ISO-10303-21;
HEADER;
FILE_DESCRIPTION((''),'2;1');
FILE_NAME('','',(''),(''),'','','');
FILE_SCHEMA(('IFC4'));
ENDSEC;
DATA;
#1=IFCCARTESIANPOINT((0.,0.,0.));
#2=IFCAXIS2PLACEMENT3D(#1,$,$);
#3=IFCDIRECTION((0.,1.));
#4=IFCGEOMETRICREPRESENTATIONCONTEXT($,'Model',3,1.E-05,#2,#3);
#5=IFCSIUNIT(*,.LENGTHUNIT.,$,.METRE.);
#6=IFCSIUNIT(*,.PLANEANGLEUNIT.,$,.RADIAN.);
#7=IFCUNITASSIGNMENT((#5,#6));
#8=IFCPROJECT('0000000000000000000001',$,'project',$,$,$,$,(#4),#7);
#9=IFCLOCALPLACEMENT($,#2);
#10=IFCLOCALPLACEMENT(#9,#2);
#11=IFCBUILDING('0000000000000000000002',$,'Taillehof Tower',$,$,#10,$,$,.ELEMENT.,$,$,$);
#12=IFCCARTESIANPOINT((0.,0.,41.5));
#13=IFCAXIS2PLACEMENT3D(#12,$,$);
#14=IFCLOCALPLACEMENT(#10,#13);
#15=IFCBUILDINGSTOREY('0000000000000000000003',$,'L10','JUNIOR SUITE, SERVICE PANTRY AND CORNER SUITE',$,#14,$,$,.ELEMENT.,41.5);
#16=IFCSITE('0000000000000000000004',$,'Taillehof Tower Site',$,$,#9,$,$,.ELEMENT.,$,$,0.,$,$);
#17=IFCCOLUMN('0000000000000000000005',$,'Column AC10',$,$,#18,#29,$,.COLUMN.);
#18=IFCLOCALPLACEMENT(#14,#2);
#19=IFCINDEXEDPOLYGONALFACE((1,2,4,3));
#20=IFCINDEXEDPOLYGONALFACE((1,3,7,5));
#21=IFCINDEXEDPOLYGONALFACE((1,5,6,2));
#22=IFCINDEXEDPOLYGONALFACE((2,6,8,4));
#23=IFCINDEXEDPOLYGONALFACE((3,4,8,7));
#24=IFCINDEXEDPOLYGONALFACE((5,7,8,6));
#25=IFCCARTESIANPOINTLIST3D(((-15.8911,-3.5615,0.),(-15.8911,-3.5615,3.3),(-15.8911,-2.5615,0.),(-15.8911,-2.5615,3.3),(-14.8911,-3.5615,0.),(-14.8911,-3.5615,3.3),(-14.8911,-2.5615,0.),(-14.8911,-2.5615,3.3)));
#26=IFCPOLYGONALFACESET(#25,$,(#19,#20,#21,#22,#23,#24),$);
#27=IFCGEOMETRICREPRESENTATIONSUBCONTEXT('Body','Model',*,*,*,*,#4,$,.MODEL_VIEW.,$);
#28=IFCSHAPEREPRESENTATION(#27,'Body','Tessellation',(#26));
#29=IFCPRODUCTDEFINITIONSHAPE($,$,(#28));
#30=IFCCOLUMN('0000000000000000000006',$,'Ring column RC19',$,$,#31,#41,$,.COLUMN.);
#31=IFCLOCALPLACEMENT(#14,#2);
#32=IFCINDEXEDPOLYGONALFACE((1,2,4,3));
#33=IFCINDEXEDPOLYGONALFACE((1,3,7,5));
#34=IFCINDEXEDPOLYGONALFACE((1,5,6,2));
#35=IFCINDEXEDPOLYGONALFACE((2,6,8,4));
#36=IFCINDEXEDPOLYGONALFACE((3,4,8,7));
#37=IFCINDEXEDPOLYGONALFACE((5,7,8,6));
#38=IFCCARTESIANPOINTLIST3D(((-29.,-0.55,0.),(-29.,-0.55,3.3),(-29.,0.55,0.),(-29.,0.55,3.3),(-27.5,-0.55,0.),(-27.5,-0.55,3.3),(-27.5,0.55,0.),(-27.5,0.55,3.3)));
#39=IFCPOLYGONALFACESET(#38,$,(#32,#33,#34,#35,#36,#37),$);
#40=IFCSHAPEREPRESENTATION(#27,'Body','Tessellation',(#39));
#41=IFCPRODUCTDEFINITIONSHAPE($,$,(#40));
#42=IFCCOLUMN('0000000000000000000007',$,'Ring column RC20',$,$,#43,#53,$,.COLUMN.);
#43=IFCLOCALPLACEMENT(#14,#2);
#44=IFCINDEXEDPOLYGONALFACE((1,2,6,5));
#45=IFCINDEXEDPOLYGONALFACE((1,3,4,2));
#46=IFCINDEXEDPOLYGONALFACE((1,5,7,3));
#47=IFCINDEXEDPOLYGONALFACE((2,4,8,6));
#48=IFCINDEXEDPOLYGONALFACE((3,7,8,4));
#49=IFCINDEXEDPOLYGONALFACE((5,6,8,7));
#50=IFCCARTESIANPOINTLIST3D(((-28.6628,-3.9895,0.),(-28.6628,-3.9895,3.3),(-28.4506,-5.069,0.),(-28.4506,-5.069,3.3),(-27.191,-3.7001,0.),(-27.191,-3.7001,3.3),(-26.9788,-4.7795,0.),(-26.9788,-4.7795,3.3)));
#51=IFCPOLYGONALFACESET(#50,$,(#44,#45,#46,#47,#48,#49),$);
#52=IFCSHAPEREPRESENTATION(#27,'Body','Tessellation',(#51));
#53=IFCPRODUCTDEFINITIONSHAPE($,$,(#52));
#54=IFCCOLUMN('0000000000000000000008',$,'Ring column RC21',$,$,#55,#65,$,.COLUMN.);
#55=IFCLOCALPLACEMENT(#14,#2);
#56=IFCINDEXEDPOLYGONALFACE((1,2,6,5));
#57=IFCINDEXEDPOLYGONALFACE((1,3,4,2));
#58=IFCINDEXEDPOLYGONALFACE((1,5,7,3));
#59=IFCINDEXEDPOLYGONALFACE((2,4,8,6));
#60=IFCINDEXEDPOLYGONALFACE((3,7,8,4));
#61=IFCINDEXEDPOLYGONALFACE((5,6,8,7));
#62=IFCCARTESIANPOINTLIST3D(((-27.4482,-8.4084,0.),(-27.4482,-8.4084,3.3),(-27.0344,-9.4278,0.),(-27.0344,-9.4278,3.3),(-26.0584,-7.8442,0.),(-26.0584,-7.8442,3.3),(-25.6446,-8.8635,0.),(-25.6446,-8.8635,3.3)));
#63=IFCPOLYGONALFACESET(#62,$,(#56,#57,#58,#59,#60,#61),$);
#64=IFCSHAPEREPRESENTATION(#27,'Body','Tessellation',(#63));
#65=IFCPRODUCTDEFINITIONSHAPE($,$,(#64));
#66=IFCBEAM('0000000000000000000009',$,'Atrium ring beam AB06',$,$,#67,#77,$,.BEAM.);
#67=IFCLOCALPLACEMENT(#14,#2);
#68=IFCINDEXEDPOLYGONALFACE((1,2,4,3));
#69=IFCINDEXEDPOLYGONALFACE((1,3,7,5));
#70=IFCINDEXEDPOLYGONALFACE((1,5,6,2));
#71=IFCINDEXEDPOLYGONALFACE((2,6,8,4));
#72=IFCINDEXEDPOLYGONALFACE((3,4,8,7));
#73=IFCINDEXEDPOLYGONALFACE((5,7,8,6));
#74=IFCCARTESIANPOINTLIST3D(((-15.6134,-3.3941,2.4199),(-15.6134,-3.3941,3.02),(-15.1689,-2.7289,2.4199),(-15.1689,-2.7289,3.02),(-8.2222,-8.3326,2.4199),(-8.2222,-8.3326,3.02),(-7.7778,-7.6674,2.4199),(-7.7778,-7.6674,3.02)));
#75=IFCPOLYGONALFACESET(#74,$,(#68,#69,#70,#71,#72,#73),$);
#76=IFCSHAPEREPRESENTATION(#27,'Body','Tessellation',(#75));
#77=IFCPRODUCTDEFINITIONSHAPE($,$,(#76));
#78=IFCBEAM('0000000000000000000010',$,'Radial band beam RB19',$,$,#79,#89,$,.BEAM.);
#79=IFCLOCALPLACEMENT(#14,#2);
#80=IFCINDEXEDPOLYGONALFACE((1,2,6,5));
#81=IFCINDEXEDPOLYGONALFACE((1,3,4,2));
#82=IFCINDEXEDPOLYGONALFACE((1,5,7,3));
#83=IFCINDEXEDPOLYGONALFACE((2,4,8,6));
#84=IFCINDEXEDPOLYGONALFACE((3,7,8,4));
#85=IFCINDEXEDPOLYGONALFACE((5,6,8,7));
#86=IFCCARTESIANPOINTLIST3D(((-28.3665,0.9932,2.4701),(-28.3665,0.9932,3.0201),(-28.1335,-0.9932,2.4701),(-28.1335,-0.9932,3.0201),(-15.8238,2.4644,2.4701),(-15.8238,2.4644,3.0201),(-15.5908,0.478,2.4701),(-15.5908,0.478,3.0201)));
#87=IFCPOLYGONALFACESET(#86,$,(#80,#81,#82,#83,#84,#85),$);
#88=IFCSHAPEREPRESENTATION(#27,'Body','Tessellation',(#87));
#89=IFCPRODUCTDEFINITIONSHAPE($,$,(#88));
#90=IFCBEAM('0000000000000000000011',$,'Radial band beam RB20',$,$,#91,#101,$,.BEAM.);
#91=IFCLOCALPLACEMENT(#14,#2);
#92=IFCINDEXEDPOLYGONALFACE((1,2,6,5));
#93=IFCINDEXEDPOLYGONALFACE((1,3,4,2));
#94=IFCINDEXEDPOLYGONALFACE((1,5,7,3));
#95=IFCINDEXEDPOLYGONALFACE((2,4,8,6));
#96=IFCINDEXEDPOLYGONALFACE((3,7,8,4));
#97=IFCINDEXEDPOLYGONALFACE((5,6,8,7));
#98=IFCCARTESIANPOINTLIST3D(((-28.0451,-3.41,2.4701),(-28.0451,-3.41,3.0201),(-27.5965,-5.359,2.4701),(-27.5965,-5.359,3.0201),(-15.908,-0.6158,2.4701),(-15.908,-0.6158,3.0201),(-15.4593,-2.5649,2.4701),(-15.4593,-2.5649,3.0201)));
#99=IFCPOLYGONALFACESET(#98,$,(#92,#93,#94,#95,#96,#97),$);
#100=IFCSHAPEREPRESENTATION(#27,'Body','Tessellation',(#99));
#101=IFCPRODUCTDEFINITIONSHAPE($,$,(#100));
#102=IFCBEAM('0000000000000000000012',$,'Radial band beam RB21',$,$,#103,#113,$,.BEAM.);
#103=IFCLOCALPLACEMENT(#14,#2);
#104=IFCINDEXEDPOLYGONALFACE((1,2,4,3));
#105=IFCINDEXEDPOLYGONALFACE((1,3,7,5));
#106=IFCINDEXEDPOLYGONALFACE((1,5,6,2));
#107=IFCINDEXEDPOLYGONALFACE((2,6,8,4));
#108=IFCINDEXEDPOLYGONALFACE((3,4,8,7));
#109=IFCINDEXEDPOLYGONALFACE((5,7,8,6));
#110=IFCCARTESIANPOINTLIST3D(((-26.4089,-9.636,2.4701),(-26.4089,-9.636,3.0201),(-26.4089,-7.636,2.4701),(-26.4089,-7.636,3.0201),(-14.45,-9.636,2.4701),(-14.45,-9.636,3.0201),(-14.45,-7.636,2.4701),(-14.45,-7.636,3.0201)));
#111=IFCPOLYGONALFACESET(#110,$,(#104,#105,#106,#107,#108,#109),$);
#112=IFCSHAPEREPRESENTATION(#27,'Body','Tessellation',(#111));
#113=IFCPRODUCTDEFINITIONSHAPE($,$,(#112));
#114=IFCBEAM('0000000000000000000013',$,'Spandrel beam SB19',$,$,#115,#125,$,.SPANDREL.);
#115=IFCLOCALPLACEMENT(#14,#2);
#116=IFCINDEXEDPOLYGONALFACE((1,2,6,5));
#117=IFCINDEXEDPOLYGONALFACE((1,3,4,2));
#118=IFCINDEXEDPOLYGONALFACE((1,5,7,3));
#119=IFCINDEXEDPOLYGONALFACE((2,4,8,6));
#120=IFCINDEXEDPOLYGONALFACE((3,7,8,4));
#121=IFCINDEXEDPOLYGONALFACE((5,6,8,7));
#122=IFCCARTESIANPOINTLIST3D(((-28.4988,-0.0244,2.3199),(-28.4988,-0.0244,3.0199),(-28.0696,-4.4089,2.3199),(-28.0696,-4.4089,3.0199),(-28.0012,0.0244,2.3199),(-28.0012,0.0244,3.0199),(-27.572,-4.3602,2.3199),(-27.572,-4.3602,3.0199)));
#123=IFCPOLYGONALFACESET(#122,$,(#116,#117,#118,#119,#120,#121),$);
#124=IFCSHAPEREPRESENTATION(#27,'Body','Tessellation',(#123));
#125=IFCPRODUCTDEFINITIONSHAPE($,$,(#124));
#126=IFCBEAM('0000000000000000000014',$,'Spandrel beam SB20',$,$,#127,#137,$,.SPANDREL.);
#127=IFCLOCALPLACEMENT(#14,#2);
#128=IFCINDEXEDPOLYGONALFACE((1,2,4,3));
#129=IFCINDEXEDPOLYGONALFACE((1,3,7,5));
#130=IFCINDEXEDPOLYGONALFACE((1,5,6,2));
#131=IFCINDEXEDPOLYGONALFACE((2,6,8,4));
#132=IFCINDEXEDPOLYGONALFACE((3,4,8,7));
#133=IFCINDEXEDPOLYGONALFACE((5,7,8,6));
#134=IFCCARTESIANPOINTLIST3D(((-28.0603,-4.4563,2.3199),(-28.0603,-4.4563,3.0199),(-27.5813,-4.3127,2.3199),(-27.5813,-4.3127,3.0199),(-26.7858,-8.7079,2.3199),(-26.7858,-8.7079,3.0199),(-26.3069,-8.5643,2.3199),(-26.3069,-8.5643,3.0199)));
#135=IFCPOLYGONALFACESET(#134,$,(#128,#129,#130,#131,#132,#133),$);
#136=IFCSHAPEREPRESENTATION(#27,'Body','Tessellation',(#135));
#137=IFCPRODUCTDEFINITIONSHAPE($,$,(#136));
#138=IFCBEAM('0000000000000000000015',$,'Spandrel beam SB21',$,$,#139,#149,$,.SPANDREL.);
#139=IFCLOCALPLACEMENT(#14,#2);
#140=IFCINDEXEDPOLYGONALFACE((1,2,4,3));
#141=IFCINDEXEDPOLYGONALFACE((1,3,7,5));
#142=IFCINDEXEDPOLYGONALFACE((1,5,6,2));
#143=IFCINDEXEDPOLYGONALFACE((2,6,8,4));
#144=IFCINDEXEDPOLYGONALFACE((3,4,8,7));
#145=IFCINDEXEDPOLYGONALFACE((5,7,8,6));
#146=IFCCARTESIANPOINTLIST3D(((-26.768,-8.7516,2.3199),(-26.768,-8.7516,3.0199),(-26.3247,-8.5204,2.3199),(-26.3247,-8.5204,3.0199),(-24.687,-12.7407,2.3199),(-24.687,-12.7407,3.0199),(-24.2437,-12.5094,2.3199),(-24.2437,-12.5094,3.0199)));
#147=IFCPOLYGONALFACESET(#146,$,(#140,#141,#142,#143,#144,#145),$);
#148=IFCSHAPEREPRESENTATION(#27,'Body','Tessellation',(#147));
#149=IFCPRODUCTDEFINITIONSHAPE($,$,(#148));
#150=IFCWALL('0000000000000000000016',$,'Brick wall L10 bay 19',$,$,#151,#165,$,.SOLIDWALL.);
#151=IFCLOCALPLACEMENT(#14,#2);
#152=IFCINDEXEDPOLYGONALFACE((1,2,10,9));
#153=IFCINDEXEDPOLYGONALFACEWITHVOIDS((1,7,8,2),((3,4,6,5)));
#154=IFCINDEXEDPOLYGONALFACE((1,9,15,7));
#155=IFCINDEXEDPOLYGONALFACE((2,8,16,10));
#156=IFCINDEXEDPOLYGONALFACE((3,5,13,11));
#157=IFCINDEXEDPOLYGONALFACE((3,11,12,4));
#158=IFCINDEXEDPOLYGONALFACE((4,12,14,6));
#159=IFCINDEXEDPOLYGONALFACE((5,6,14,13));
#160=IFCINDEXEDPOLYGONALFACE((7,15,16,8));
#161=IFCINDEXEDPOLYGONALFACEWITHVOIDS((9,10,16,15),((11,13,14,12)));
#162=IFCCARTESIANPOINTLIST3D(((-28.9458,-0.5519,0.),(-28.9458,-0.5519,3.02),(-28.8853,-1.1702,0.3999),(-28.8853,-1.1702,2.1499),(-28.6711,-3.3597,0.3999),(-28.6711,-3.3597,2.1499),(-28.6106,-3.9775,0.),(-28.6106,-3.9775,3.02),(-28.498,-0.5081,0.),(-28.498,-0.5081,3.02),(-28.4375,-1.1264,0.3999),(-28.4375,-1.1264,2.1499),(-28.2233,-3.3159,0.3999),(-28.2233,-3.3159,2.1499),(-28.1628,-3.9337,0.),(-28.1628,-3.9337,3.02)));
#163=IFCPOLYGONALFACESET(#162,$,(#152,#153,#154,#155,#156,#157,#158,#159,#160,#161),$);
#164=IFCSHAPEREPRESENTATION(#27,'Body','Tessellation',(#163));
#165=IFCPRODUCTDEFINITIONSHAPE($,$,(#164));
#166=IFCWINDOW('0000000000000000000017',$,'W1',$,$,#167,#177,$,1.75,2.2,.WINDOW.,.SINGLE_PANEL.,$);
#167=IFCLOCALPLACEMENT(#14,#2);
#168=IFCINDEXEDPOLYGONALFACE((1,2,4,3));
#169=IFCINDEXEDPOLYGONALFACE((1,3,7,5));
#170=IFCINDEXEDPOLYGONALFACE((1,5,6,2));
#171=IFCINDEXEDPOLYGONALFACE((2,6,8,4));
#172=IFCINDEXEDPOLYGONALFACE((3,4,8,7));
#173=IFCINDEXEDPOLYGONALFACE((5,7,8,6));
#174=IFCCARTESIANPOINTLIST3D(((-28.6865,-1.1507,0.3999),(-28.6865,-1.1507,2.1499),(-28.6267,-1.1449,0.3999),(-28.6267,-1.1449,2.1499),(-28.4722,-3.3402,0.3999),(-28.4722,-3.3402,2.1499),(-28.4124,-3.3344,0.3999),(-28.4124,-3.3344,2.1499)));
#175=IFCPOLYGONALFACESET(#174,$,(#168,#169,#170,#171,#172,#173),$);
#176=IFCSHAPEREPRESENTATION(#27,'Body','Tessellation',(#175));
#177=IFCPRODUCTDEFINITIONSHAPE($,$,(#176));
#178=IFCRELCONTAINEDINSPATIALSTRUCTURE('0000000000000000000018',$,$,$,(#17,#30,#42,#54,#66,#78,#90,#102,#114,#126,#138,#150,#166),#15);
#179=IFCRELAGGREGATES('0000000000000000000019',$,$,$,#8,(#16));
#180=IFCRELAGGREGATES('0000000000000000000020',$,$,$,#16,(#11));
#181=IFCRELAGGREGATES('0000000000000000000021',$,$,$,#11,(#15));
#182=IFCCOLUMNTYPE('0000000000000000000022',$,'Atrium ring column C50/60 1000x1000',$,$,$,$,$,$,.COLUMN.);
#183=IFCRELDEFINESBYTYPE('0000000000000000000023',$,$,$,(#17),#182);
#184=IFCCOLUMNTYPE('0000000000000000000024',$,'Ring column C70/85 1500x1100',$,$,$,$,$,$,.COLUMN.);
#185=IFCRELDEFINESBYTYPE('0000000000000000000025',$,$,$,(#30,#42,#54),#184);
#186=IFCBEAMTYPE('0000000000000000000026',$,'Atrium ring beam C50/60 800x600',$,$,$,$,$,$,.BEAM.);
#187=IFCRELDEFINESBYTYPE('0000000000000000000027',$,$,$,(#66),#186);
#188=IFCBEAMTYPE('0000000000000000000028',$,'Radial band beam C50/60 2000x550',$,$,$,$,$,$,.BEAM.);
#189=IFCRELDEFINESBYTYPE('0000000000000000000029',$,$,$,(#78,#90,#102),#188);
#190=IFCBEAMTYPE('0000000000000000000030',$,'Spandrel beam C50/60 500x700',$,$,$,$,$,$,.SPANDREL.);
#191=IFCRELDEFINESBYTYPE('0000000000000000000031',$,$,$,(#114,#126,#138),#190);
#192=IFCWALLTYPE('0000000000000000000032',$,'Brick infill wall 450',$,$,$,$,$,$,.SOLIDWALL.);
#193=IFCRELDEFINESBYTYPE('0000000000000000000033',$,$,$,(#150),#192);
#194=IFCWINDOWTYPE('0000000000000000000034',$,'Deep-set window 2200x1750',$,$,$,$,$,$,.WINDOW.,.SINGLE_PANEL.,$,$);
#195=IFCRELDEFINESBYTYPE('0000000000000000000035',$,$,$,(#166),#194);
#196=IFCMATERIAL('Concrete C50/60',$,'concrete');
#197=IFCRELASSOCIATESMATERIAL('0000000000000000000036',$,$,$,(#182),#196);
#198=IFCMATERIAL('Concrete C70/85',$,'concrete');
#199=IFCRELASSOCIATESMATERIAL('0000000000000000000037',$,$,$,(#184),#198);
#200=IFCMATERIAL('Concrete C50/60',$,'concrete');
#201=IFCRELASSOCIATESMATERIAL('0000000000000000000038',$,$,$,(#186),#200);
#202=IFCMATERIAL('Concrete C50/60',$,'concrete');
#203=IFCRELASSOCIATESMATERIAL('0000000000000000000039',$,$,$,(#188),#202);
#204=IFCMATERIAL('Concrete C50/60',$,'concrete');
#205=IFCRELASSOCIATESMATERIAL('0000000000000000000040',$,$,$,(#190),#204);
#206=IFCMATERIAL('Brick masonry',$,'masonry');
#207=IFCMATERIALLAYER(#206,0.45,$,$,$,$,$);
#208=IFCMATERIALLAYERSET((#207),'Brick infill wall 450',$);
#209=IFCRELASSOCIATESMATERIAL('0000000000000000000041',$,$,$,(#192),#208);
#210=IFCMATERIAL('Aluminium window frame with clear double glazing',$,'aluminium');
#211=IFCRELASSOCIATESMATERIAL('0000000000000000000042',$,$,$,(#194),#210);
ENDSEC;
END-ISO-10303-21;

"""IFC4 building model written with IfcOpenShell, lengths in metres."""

from ifc_helpers import new_model, si_unit, direction, frame, frame_2d, origin, origin_2d, place, context, subcontext, project, spatial, rectangle, extrude, material, layer, layer_set, material_profile, profile_set, type_object, element, fill, save


model = new_model("IFC4")

# Units and contexts
model_context = context("Model", 3, precision=1e-05, world=origin(), true_north=direction((0.0, 1.0)))
body_context = subcontext(model_context, "Body", "Model", "MODEL_VIEW")
ifc_project = project(units=[si_unit("LENGTHUNIT", "METRE"), si_unit("PLANEANGLEUNIT", "RADIAN")], contexts=[model_context])

# Site, building, storey
site_placement = place(None, origin())
site = spatial("IfcSite", under=ifc_project, at=site_placement, Name="Taillehof Tower Site", CompositionType="ELEMENT", RefElevation=0.0)
building_placement = place(site_placement, origin())
building = spatial("IfcBuilding", under=site, at=building_placement, Name="Taillehof Tower", CompositionType="ELEMENT")
storey_placement = place(building_placement, frame((0.0, 0.0, 41.5)))
storey = spatial("IfcBuildingStorey", under=building, at=storey_placement, Name="L10", Description="JUNIOR SUITE, SERVICE PANTRY AND CORNER SUITE", CompositionType="ELEMENT", Elevation=41.5)

# Columns
ifc_material_1 = material(Name="Concrete C50/60", Category="concrete")
ifc_material_profile_1 = material_profile(ifc_material_1, rectangle(XDim=1.0, YDim=1.0, at=origin_2d()), Name="RC 1000x1000")
ifc_profile_set_1 = profile_set([ifc_material_profile_1], Name="Concrete C50/60")
column_type_1 = type_object("IfcColumnType", Name="Atrium ring column C50/60 1000x1000", PredefinedType="COLUMN", material=ifc_profile_set_1)
column_placement = place(storey_placement, frame((-15.3911, -3.0615, 0.0), z_axis=(0.0, 0.0, 1.0), x_axis=(1.0, 0.0, 0.0)))
element("IfcColumn", 1, at=column_placement, inside=storey, type_object=column_type_1, Name="Column AC10", PredefinedType="COLUMN", context=body_context, shape_type="SweptSolid", body=[
    extrude(rectangle(XDim=1.0, YDim=1.0, at=origin_2d()), origin(), (0.0, 0.0, 1.0), 3.3),
])
ifc_material_2 = material(Name="Concrete C70/85", Category="concrete")
ifc_material_profile_2 = material_profile(ifc_material_2, rectangle(XDim=1.5, YDim=1.1001, at=origin_2d()), Name="RC 1500x1100")
ifc_profile_set_2 = profile_set([ifc_material_profile_2], Name="Concrete C70/85")
column_type_2 = type_object("IfcColumnType", Name="Ring column C70/85 1500x1100", PredefinedType="COLUMN", material=ifc_profile_set_2)
for number, where, z_axis, x_axis, name in (
    (2, (-28.25, 0.0, 0.0), (0.0, 0.0, 1.0), (-1.0, 0.0, 0.0), "Ring column RC19"),
    (3, (-27.8208, -4.3845, 0.0), (0.0, 0.0, 1.0), (-0.981204, -0.192976, 0.0), "Ring column RC20"),
    (4, (-26.5464, -8.636, 0.0), (0.0, 0.0, 1.0), (-0.926558, -0.376152, 0.0), "Ring column RC21"),
):
    element("IfcColumn", number, at=place(storey_placement, frame(where, z_axis=z_axis, x_axis=x_axis)), inside=storey, type_object=column_type_2, Name=name, PredefinedType="COLUMN", context=body_context, shape_type="SweptSolid", body=[
        extrude(rectangle(XDim=1.5, YDim=1.1001, at=origin_2d()), origin(), (0.0, 0.0, 1.0), 3.3),
    ])

# Beams
ifc_material_3 = material(Name="Concrete C50/60", Category="concrete")
ifc_material_profile_3 = material_profile(ifc_material_3, rectangle(XDim=0.8, YDim=0.6001, at=origin_2d()), Name="RC 800x600")
ifc_profile_set_3 = profile_set([ifc_material_profile_3], Name="Concrete C50/60")
beam_type_1 = type_object("IfcBeamType", Name="Atrium ring beam C50/60 800x600", PredefinedType="BEAM", material=ifc_profile_set_3)
beam_1_placement = place(storey_placement, frame((-15.3911, -3.0615, 2.72), z_axis=(0.831475, -0.555562, 0.0), x_axis=(0.555562, 0.831475, 0.0)))
element("IfcBeam", 5, at=beam_1_placement, inside=storey, type_object=beam_type_1, Name="Atrium ring beam AB06", PredefinedType="BEAM", context=body_context, shape_type="SweptSolid", body=[
    extrude(rectangle(XDim=0.8, YDim=0.6001, at=origin_2d()), origin(), (0.0, 0.0, 1.0), 8.8892),
])
ifc_material_4 = material(Name="Concrete C50/60", Category="concrete")
ifc_material_profile_4 = material_profile(ifc_material_4, rectangle(XDim=2.0, YDim=0.55, at=origin_2d()), Name="RC 2000x550")
ifc_profile_set_4 = profile_set([ifc_material_profile_4], Name="Concrete C50/60")
beam_type_2 = type_object("IfcBeamType", Name="Radial band beam C50/60 2000x550", PredefinedType="BEAM", material=ifc_profile_set_4)
beam_2_placement = place(storey_placement, frame((-28.25, 0.0, 2.7451), z_axis=(0.993191, 0.116496, 0.0), x_axis=(-0.116496, 0.993191, 0.0)))
element("IfcBeam", 6, at=beam_2_placement, inside=storey, type_object=beam_type_2, Name="Radial band beam RB19", PredefinedType="BEAM", context=body_context, shape_type="SweptSolid", body=[
    extrude(rectangle(XDim=2.0, YDim=0.55, at=origin_2d()), origin(), (0.0, 0.0, 1.0), 12.6287),
])
beam_3_placement = place(storey_placement, frame((-27.8208, -4.3845, 2.7451), z_axis=(0.974509, 0.224348, 0.0), x_axis=(-0.224348, 0.974509, 0.0)))
element("IfcBeam", 7, at=beam_3_placement, inside=storey, type_object=beam_type_2, Name="Radial band beam RB20", PredefinedType="BEAM", context=body_context, shape_type="SweptSolid", body=[
    extrude(rectangle(XDim=2.0, YDim=0.55, at=origin_2d()), origin(), (0.0, 0.0, 1.0), 12.4546),
])
beam_4_placement = place(storey_placement, frame((-26.4089, -8.636, 2.7451), z_axis=(1.0, 0.0, 0.0), x_axis=(0.0, 1.0, 0.0)))
element("IfcBeam", 8, at=beam_4_placement, inside=storey, type_object=beam_type_2, Name="Radial band beam RB21", PredefinedType="BEAM", context=body_context, shape_type="SweptSolid", body=[
    extrude(rectangle(XDim=2.0, YDim=0.55, at=origin_2d()), origin(), (0.0, 0.0, 1.0), 11.959),
])
ifc_material_5 = material(Name="Concrete C50/60", Category="concrete")
ifc_material_profile_5 = material_profile(ifc_material_5, rectangle(XDim=0.5, YDim=0.7, at=origin_2d()), Name="RC 500x700")
ifc_profile_set_5 = profile_set([ifc_material_profile_5], Name="Concrete C50/60")
beam_type_3 = type_object("IfcBeamType", Name="Spandrel beam C50/60 500x700", PredefinedType="SPANDREL", material=ifc_profile_set_5)
beam_5_placement = place(storey_placement, frame((-28.25, 0.0, 2.6699), z_axis=(0.097424, -0.995243, 0.0), x_axis=(0.995243, 0.097424, 0.0)))
element("IfcBeam", 9, at=beam_5_placement, inside=storey, type_object=beam_type_3, Name="Spandrel beam SB19", PredefinedType="SPANDREL", context=body_context, shape_type="SweptSolid", body=[
    extrude(rectangle(XDim=0.5, YDim=0.7, at=origin_2d()), origin(), (0.0, 0.0, 1.0), 4.4055),
])
beam_6_placement = place(storey_placement, frame((-27.8208, -4.3845, 2.6699), z_axis=(0.287136, -0.95789, 0.0), x_axis=(0.95789, 0.287136, 0.0)))
element("IfcBeam", 10, at=beam_6_placement, inside=storey, type_object=beam_type_3, Name="Spandrel beam SB20", PredefinedType="SPANDREL", context=body_context, shape_type="SweptSolid", body=[
    extrude(rectangle(XDim=0.5, YDim=0.7, at=origin_2d()), origin(), (0.0, 0.0, 1.0), 4.4385),
])
beam_7_placement = place(storey_placement, frame((-26.5464, -8.636, 2.6699), z_axis=(0.462536, -0.8866, 0.0), x_axis=(0.8866, 0.462536, 0.0)))
element("IfcBeam", 11, at=beam_7_placement, inside=storey, type_object=beam_type_3, Name="Spandrel beam SB21", PredefinedType="SPANDREL", context=body_context, shape_type="SweptSolid", body=[
    extrude(rectangle(XDim=0.5, YDim=0.7, at=origin_2d()), origin(), (0.0, 0.0, 1.0), 4.4993),
])

# Wall, opening, window
ifc_material_6 = material(Name="Brick masonry", Category="masonry")
ifc_layer_1 = layer(ifc_material_6, 0.45)
ifc_layer_set_1 = layer_set([ifc_layer_1], Name="Brick infill wall 450")
wall_type_1 = type_object("IfcWallType", Name="Brick infill wall 450", PredefinedType="SOLIDWALL", material=ifc_layer_set_1)
wall_1_placement = place(storey_placement, frame((-28.7219, -0.53, 0.0), z_axis=(0.0, 0.0, 1.0), x_axis=(0.09739, -0.995246, 0.0)))
wall_1 = element("IfcWall", 12, at=wall_1_placement, inside=storey, type_object=wall_type_1, Name="Brick wall L10 bay 19", PredefinedType="SOLIDWALL", context=body_context, shape_type="SweptSolid", body=[
    extrude(rectangle(XDim=3.4419, YDim=0.45, at=frame_2d((1.7209, 0.0))), origin(), (0.0, 0.0, 1.0), 3.02),
])
opening_1_placement = place(wall_1_placement, frame((0.6211, 0.0, 0.3999)))
opening_1 = element("IfcOpeningElement", 13, at=opening_1_placement, cuts=wall_1, PredefinedType="OPENING", context=body_context, shape_type="SweptSolid", body=[
    extrude(rectangle(XDim=2.2, YDim=1.75, at=frame_2d((1.1001, 0.875))), frame((0.0, 0.2349, 0.0), z_axis=(0.0, -1.0, 0.0), x_axis=(1.0, 0.0, 0.0)), (0.0, 0.0, 1.0), 0.47),
])
ifc_material_7 = material(Name="Aluminium window frame with clear double glazing", Category="aluminium")
window_type = type_object("IfcWindowType", Name="Deep-set window 2200x1750", PartitioningType="SINGLE_PANEL", PredefinedType="WINDOW", material=ifc_material_7)
window_1_placement = place(opening_1_placement, origin())
window_1 = element("IfcWindow", 14, at=window_1_placement, inside=storey, type_object=window_type, Name="W1", OverallHeight=1.75, OverallWidth=2.2, PartitioningType="SINGLE_PANEL", PredefinedType="WINDOW", context=body_context, shape_type="SweptSolid", body=[
    extrude(rectangle(XDim=2.2, YDim=1.75, at=frame_2d((1.1001, 0.875))), frame((0.0, 0.0349, 0.0), z_axis=(0.0, -1.0, 0.0), x_axis=(1.0, 0.0, 0.0)), (0.0, 0.0, 1.0), 0.0601),
])
fill(opening_1, window_1)

save(model, "model.ifc")
